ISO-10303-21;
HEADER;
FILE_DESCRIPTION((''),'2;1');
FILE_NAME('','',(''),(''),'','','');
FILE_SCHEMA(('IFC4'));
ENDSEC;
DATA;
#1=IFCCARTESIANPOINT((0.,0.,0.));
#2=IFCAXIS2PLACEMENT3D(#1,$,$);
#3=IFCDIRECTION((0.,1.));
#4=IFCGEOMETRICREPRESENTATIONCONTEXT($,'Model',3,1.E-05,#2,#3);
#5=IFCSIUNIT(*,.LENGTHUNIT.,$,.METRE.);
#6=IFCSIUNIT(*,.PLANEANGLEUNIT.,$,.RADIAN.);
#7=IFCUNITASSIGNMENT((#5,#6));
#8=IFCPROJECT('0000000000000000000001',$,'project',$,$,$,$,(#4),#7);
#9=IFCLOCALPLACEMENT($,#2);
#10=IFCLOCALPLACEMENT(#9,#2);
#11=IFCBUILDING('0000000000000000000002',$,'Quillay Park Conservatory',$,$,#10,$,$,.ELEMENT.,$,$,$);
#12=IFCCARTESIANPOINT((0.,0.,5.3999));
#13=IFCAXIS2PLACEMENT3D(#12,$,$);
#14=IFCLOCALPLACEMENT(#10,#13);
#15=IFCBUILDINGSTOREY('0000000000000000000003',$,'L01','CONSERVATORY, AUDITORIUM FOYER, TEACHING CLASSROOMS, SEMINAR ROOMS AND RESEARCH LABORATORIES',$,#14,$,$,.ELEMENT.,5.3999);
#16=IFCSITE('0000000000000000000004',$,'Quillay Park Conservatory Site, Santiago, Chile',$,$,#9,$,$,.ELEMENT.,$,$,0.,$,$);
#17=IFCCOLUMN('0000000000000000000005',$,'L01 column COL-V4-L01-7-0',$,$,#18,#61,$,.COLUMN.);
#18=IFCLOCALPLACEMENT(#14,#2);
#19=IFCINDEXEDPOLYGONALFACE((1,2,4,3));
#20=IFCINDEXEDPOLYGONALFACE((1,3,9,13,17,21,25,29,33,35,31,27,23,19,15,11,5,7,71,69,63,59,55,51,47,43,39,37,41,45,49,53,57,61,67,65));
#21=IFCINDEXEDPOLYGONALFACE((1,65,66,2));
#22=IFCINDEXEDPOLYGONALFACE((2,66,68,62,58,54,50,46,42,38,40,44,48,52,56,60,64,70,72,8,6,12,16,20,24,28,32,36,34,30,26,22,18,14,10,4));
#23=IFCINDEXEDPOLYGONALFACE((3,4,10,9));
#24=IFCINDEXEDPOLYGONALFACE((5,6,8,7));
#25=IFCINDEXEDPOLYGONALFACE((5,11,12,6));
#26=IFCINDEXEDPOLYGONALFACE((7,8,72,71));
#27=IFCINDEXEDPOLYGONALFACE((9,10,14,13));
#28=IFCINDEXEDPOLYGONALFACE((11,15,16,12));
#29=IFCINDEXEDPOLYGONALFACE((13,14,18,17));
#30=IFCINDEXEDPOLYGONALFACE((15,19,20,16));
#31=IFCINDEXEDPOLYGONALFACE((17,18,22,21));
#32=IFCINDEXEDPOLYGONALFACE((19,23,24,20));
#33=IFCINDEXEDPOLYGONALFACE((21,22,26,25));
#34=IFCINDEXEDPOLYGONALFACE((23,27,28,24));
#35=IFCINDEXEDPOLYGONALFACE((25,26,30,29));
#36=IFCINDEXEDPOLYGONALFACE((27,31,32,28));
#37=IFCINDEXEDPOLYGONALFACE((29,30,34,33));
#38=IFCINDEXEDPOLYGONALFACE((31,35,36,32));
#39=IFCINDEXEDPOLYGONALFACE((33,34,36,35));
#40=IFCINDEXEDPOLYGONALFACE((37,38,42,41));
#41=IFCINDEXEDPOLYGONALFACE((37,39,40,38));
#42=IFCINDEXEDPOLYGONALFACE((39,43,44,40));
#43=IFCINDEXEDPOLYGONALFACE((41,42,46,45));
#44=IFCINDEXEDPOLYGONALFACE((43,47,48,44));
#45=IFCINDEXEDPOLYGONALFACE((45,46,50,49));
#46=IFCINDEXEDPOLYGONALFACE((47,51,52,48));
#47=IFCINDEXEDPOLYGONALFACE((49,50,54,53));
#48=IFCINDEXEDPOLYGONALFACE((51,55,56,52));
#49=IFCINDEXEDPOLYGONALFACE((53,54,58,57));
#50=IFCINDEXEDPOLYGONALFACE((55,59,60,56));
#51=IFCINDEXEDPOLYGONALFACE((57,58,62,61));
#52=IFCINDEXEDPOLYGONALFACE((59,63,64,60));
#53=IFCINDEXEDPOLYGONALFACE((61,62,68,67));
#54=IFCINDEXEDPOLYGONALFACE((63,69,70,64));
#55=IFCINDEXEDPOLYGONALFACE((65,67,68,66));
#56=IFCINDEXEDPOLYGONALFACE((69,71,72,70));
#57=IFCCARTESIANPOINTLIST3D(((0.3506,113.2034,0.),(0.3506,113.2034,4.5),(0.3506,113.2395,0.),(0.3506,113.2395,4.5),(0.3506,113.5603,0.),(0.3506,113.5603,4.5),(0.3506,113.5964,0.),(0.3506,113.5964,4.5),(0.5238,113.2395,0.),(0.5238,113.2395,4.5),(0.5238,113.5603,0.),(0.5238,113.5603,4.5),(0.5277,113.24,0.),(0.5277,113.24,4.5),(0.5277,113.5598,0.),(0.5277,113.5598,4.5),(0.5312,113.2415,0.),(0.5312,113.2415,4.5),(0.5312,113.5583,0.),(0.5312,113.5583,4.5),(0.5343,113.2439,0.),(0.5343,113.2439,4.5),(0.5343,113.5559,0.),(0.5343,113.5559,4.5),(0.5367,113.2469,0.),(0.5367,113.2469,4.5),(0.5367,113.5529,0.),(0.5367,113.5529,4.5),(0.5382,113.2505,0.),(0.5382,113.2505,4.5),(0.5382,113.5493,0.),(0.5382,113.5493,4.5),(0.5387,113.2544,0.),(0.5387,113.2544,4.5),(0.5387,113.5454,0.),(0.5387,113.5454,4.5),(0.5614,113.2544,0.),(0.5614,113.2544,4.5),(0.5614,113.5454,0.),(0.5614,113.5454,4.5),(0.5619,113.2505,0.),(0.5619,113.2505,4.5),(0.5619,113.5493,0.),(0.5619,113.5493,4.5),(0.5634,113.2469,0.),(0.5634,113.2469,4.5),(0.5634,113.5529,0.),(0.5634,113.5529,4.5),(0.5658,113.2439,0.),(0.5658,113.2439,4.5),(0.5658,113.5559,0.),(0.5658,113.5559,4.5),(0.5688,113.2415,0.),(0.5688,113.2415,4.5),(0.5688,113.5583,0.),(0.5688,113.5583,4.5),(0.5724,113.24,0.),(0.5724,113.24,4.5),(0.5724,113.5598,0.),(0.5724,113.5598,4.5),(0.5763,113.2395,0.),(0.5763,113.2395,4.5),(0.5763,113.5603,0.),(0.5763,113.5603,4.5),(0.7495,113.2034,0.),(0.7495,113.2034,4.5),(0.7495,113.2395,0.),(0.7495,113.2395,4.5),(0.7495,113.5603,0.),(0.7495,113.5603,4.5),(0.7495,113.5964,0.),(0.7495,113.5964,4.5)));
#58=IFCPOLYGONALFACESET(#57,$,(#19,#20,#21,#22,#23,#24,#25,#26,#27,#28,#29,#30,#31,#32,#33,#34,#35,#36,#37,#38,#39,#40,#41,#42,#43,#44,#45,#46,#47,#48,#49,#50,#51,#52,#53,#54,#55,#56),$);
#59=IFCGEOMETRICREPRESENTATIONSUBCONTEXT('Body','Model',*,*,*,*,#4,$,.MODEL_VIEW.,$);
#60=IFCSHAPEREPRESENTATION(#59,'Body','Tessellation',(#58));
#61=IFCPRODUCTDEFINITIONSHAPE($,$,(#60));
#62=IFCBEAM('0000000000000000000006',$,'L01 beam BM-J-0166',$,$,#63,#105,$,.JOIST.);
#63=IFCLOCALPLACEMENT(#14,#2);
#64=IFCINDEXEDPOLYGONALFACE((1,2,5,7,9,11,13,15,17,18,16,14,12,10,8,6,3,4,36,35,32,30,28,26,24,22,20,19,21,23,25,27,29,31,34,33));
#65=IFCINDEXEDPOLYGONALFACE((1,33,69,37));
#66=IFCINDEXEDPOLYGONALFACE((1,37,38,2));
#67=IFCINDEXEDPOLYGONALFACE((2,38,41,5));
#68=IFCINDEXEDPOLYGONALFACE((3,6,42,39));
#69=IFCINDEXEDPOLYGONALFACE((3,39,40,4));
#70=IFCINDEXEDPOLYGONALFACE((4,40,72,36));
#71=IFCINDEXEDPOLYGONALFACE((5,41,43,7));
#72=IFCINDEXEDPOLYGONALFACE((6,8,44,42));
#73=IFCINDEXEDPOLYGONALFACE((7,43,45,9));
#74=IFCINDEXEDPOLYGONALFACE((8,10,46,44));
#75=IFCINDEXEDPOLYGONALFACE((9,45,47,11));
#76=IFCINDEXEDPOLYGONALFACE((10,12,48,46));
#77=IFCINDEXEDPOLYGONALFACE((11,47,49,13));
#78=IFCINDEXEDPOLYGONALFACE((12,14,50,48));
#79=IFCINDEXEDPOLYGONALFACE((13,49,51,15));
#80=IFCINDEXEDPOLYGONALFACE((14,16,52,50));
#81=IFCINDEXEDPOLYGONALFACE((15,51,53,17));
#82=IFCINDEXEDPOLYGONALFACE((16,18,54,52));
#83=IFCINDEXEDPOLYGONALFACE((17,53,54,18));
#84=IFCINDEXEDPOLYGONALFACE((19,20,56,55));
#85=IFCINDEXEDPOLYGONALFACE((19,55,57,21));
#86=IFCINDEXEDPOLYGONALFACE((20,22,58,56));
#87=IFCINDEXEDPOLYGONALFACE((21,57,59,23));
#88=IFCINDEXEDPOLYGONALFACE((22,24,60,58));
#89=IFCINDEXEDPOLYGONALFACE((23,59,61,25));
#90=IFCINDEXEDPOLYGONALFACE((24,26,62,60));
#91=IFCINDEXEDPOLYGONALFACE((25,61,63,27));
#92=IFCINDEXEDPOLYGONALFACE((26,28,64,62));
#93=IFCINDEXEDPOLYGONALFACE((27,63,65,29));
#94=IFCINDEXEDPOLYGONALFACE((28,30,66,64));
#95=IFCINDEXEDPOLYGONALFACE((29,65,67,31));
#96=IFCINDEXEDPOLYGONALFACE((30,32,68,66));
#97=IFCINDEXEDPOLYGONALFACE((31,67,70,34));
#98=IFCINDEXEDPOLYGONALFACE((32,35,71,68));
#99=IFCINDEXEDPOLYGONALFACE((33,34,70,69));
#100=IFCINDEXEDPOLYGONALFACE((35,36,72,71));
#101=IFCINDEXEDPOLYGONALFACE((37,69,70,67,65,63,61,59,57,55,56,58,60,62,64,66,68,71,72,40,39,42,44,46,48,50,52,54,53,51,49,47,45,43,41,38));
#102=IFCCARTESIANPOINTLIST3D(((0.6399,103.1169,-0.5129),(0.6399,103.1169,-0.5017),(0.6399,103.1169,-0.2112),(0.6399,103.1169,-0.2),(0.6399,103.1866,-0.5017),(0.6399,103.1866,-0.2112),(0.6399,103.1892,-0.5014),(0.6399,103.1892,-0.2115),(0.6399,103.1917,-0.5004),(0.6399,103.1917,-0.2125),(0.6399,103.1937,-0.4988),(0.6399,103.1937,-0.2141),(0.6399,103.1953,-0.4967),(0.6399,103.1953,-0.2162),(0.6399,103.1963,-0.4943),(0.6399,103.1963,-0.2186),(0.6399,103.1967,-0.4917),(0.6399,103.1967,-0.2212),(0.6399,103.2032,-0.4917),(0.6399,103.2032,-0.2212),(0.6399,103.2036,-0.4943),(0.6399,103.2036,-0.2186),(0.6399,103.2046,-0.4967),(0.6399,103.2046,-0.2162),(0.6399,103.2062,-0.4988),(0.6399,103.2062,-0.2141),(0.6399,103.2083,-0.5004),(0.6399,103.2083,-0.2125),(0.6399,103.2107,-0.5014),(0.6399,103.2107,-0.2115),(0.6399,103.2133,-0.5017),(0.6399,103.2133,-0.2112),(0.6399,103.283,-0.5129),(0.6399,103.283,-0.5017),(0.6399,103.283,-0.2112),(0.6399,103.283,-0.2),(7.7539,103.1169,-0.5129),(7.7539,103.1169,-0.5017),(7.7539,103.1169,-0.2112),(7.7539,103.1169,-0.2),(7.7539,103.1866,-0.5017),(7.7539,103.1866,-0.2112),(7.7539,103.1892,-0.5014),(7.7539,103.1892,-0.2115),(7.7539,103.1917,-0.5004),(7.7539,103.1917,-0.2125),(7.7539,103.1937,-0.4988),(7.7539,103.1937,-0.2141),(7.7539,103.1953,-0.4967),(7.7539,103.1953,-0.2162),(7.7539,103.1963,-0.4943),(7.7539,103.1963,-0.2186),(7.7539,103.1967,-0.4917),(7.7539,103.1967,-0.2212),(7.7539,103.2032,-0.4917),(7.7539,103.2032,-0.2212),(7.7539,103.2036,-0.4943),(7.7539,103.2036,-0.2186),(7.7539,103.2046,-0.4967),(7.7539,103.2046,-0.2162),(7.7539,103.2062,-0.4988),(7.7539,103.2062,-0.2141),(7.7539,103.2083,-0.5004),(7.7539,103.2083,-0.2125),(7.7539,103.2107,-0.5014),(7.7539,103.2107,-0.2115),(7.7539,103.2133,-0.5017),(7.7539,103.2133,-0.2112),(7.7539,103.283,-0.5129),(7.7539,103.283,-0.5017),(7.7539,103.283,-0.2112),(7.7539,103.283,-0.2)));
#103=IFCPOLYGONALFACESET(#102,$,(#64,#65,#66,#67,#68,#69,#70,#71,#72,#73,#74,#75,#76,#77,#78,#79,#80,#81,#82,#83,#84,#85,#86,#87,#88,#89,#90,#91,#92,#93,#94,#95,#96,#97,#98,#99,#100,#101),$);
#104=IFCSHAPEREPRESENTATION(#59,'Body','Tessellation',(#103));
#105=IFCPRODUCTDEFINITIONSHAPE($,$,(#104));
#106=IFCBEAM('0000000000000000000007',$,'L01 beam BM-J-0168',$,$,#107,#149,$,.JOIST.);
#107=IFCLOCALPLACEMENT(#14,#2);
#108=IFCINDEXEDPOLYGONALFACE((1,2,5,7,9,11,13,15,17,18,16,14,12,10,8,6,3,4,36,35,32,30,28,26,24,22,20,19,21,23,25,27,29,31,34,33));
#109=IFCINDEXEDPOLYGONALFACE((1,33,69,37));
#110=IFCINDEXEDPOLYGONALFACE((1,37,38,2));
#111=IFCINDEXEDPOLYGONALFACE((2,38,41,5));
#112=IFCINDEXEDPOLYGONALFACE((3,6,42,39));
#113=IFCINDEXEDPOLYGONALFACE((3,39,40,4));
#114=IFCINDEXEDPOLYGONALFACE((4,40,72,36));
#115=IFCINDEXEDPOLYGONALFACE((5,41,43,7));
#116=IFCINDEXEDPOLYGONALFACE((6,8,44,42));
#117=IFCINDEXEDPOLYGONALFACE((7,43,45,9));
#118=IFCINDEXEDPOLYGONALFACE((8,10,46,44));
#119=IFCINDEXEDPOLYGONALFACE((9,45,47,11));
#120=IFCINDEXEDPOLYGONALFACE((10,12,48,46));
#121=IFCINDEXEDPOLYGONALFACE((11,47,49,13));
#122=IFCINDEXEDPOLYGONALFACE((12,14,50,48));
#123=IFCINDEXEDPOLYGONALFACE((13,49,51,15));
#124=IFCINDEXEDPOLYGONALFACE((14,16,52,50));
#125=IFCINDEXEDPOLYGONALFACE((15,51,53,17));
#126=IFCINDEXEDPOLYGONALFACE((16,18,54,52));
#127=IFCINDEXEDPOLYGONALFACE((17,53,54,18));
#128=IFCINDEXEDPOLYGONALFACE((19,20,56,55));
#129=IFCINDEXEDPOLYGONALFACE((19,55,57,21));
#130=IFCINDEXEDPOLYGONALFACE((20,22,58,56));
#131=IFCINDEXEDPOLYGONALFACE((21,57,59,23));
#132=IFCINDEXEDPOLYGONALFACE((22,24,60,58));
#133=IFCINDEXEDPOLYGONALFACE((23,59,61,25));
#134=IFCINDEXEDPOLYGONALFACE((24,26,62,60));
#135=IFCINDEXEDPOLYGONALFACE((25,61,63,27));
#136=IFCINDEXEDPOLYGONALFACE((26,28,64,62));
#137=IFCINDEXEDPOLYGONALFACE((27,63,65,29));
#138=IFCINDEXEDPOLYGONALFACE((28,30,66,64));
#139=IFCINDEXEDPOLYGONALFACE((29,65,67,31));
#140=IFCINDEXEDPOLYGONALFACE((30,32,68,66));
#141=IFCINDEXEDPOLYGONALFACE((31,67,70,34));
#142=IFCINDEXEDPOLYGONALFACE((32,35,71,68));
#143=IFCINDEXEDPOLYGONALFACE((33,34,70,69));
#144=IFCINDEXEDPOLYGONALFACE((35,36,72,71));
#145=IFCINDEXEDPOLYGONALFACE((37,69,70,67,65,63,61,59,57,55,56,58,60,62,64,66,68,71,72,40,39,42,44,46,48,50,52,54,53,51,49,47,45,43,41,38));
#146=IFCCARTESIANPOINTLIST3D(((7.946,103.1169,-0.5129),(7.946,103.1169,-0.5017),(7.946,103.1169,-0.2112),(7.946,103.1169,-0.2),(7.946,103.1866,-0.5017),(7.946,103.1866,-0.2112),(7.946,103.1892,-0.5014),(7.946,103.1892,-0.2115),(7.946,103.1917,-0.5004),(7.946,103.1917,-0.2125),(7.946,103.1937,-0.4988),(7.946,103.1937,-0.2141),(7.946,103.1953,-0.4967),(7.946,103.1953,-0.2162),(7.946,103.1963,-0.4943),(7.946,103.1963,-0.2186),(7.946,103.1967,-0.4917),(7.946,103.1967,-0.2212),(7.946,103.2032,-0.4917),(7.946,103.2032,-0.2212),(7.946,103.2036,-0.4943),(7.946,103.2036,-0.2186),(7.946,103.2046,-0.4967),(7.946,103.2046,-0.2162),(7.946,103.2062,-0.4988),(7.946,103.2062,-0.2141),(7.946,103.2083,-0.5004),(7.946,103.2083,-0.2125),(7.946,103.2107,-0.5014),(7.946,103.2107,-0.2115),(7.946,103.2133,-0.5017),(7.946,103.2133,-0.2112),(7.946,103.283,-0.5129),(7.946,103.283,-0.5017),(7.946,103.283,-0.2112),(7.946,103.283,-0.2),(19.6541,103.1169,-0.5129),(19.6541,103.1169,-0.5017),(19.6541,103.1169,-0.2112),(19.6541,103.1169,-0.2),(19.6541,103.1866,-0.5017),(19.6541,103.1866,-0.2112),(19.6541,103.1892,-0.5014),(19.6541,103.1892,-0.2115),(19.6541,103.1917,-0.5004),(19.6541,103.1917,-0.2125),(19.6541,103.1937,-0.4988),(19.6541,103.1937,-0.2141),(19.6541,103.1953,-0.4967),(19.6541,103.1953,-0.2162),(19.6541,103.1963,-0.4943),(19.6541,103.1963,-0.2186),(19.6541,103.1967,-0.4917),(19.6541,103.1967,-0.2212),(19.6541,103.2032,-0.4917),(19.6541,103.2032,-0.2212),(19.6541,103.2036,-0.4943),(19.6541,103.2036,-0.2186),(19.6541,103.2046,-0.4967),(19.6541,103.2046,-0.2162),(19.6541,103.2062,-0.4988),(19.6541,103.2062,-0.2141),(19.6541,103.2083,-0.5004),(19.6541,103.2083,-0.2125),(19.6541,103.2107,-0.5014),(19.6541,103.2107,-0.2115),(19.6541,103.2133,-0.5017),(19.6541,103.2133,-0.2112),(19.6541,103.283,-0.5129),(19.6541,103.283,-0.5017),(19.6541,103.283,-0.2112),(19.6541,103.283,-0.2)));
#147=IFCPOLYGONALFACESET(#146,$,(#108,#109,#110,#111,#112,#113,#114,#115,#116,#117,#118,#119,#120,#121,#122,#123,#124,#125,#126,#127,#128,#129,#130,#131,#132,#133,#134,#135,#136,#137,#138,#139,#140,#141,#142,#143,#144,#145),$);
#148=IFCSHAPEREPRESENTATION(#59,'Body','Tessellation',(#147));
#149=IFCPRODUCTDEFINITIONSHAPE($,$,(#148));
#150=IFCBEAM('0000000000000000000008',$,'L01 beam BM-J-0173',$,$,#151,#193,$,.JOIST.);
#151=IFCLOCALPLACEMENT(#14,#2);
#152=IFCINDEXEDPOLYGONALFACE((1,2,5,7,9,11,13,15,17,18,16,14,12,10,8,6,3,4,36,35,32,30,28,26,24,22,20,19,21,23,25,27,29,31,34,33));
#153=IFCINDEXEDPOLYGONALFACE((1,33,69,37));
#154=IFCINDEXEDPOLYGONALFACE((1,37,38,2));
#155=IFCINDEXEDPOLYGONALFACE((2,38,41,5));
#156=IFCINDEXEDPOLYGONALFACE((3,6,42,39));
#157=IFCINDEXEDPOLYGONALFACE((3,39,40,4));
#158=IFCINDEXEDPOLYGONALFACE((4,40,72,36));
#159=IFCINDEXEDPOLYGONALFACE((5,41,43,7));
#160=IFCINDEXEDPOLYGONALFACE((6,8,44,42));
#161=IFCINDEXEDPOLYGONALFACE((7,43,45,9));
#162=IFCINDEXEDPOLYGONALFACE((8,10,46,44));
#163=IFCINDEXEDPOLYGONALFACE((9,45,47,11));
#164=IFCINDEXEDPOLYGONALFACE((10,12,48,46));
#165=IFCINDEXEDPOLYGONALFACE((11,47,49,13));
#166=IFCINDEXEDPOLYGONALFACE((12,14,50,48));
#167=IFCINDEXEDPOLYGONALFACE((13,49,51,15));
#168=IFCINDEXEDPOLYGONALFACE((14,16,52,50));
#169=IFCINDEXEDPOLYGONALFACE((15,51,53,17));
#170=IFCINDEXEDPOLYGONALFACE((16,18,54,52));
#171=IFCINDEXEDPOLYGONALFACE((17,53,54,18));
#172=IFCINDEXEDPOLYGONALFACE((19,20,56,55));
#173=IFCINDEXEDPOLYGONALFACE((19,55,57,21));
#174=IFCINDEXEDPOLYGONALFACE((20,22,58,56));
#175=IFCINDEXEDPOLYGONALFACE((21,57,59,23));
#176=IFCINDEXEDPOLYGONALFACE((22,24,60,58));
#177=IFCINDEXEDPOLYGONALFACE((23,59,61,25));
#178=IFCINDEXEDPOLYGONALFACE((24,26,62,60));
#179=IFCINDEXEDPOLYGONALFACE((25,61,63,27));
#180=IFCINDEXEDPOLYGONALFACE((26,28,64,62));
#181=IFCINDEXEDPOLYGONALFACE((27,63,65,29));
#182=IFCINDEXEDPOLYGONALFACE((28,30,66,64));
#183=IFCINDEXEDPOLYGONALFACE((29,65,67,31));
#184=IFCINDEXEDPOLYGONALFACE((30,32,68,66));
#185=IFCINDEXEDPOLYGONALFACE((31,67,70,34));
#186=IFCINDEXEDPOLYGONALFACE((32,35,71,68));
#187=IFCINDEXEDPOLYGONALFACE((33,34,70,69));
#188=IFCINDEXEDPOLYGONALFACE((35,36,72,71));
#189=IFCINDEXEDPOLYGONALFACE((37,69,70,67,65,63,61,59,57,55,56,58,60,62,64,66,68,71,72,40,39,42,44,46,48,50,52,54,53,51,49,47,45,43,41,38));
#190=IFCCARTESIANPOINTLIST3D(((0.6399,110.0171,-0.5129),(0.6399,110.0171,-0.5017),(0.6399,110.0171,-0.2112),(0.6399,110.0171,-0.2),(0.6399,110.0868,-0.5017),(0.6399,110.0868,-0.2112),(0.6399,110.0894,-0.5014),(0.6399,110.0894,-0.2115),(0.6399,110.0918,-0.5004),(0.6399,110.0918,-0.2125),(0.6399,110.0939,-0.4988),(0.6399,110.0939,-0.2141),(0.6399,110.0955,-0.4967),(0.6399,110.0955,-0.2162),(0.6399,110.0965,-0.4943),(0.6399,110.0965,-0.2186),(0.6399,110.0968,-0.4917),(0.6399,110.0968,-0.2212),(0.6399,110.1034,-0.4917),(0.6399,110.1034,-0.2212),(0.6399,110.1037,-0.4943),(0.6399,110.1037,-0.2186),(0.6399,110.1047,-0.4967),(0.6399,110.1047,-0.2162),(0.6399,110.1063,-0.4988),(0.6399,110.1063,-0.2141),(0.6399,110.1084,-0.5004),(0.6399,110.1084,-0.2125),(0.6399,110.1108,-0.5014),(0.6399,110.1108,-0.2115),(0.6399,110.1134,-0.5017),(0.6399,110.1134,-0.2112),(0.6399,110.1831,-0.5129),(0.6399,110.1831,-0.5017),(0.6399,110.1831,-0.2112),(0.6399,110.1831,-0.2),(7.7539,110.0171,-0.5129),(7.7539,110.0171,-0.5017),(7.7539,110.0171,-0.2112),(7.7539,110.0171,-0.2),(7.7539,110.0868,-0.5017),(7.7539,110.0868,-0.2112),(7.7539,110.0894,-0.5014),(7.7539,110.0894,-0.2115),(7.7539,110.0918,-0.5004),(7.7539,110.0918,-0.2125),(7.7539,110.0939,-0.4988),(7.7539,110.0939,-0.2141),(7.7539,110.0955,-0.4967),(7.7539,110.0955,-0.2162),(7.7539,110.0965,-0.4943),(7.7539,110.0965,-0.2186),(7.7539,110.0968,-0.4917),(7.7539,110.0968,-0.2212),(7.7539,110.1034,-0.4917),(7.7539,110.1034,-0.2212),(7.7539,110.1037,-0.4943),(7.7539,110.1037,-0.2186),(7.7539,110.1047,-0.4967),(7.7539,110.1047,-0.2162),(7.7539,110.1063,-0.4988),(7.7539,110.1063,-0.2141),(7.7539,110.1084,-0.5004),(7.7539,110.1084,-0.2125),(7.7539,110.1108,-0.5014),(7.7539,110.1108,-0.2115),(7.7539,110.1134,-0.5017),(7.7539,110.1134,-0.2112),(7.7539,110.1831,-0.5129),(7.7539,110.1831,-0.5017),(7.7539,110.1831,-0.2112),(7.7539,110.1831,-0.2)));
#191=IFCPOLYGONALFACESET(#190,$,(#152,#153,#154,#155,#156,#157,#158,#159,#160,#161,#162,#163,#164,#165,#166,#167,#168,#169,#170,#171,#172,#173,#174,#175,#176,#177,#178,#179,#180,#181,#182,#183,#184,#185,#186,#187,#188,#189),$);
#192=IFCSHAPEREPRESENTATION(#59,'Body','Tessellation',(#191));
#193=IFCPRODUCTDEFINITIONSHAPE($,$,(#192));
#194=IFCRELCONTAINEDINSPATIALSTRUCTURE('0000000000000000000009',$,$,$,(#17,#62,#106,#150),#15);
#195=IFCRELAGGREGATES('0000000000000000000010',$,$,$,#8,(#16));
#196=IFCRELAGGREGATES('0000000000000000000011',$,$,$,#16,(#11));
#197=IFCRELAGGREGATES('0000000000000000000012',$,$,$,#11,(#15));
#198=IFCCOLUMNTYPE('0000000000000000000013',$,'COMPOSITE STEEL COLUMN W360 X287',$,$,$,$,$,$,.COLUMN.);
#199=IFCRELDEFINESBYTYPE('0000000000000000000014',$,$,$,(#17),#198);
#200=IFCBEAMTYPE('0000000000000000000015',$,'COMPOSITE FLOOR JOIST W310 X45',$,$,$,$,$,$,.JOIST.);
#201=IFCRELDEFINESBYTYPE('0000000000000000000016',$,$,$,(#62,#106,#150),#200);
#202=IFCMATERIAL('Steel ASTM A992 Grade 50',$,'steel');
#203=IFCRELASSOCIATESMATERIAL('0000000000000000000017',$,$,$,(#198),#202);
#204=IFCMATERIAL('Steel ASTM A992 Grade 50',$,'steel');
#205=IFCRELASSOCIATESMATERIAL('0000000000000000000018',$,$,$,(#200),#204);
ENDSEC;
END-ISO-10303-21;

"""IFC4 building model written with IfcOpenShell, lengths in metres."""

from ifc_helpers import new_model, si_unit, direction, frame, origin, origin_2d, place, context, subcontext, project, spatial, i_section, extrude, material, material_profile, profile_set, type_object, element, save


model = new_model("IFC4")

# Units and contexts
model_context = context("Model", 3, precision=1e-05, world=origin(), true_north=direction((0.0, 1.0)))
body_context = subcontext(model_context, "Body", "Model", "MODEL_VIEW")
ifc_project = project(units=[si_unit("LENGTHUNIT", "METRE"), si_unit("PLANEANGLEUNIT", "RADIAN")], contexts=[model_context])

# Site, building, storey
site_placement = place(None, origin())
site = spatial("IfcSite", under=ifc_project, at=site_placement, Name="Quillay Park Conservatory Site, Santiago, Chile", CompositionType="ELEMENT", RefElevation=0.0)
building_placement = place(site_placement, origin())
building = spatial("IfcBuilding", under=site, at=building_placement, Name="Quillay Park Conservatory", CompositionType="ELEMENT")
storey_placement = place(building_placement, frame((0.0, 0.0, 5.3999)))
storey = spatial("IfcBuildingStorey", under=building, at=storey_placement, Name="L01", Description="CONSERVATORY, AUDITORIUM FOYER, TEACHING CLASSROOMS, SEMINAR ROOMS AND RESEARCH LABORATORIES", CompositionType="ELEMENT", Elevation=5.3999)

# Column
ifc_material_1 = material(Name="Steel ASTM A992 Grade 50", Category="steel")
ifc_material_profile_1 = material_profile(ifc_material_1, i_section(OverallWidth=0.3989, OverallDepth=0.3931, WebThickness=0.0227, FlangeThickness=0.0361, FilletRadius=0.0149, at=origin_2d()), Name="W360x287")
ifc_profile_set_1 = profile_set([ifc_material_profile_1], Name="Steel ASTM A992 Grade 50")
column_type = type_object("IfcColumnType", Name="COMPOSITE STEEL COLUMN W360 X287", PredefinedType="COLUMN", material=ifc_profile_set_1)
for number, where, z_axis, x_axis, name in (
    (1, (0.55, 113.3999, 0.0), (0.0, 0.0, 1.0), (1.0, 0.0, 0.0), "L01 column COL-V4-L01-7-0"),
):
    element("IfcColumn", number, at=place(storey_placement, frame(where, z_axis=z_axis, x_axis=x_axis)), inside=storey, type_object=column_type, Name=name, PredefinedType="COLUMN", context=body_context, shape_type="SweptSolid", body=[
        extrude(i_section(OverallWidth=0.3989, OverallDepth=0.3931, WebThickness=0.0227, FlangeThickness=0.0361, FilletRadius=0.0149, at=origin_2d()), origin(), (0.0, 0.0, 1.0), 4.5),
    ])

# Beams
ifc_material_2 = material(Name="Steel ASTM A992 Grade 50", Category="steel")
ifc_material_profile_2 = material_profile(ifc_material_2, i_section(OverallWidth=0.166, OverallDepth=0.313, WebThickness=0.0066, FlangeThickness=0.0112, FilletRadius=0.01, at=origin_2d()), Name="W310x45")
ifc_profile_set_2 = profile_set([ifc_material_profile_2], Name="Steel ASTM A992 Grade 50")
beam_type_1 = type_object("IfcBeamType", Name="COMPOSITE FLOOR JOIST W310 X45", PredefinedType="JOIST", material=ifc_profile_set_2)
beam_1_placement = place(storey_placement, frame((0.6399, 103.2, -0.3564), z_axis=(1.0, 0.0, 0.0), x_axis=(0.0, 1.0, 0.0)))
element("IfcBeam", 2, at=beam_1_placement, inside=storey, type_object=beam_type_1, Name="L01 beam BM-J-0166", PredefinedType="JOIST", context=body_context, shape_type="SweptSolid", body=[
    extrude(i_section(OverallWidth=0.166, OverallDepth=0.313, WebThickness=0.0066, FlangeThickness=0.0112, FilletRadius=0.01, at=origin_2d()), origin(), (0.0, 0.0, 1.0), 7.114),
])
beam_2_placement = place(storey_placement, frame((7.946, 103.2, -0.3564), z_axis=(1.0, 0.0, 0.0), x_axis=(0.0, 1.0, 0.0)))
element("IfcBeam", 3, at=beam_2_placement, inside=storey, type_object=beam_type_1, Name="L01 beam BM-J-0168", PredefinedType="JOIST", context=body_context, shape_type="SweptSolid", body=[
    extrude(i_section(OverallWidth=0.166, OverallDepth=0.313, WebThickness=0.0066, FlangeThickness=0.0112, FilletRadius=0.01, at=origin_2d()), origin(), (0.0, 0.0, 1.0), 11.708),
])
beam_3_placement = place(storey_placement, frame((0.6399, 110.1001, -0.3564), z_axis=(1.0, 0.0, 0.0), x_axis=(0.0, 1.0, 0.0)))
element("IfcBeam", 4, at=beam_3_placement, inside=storey, type_object=beam_type_1, Name="L01 beam BM-J-0173", PredefinedType="JOIST", context=body_context, shape_type="SweptSolid", body=[
    extrude(i_section(OverallWidth=0.166, OverallDepth=0.313, WebThickness=0.0066, FlangeThickness=0.0112, FilletRadius=0.01, at=origin_2d()), origin(), (0.0, 0.0, 1.0), 7.114),
])

save(model, "model.ifc")
